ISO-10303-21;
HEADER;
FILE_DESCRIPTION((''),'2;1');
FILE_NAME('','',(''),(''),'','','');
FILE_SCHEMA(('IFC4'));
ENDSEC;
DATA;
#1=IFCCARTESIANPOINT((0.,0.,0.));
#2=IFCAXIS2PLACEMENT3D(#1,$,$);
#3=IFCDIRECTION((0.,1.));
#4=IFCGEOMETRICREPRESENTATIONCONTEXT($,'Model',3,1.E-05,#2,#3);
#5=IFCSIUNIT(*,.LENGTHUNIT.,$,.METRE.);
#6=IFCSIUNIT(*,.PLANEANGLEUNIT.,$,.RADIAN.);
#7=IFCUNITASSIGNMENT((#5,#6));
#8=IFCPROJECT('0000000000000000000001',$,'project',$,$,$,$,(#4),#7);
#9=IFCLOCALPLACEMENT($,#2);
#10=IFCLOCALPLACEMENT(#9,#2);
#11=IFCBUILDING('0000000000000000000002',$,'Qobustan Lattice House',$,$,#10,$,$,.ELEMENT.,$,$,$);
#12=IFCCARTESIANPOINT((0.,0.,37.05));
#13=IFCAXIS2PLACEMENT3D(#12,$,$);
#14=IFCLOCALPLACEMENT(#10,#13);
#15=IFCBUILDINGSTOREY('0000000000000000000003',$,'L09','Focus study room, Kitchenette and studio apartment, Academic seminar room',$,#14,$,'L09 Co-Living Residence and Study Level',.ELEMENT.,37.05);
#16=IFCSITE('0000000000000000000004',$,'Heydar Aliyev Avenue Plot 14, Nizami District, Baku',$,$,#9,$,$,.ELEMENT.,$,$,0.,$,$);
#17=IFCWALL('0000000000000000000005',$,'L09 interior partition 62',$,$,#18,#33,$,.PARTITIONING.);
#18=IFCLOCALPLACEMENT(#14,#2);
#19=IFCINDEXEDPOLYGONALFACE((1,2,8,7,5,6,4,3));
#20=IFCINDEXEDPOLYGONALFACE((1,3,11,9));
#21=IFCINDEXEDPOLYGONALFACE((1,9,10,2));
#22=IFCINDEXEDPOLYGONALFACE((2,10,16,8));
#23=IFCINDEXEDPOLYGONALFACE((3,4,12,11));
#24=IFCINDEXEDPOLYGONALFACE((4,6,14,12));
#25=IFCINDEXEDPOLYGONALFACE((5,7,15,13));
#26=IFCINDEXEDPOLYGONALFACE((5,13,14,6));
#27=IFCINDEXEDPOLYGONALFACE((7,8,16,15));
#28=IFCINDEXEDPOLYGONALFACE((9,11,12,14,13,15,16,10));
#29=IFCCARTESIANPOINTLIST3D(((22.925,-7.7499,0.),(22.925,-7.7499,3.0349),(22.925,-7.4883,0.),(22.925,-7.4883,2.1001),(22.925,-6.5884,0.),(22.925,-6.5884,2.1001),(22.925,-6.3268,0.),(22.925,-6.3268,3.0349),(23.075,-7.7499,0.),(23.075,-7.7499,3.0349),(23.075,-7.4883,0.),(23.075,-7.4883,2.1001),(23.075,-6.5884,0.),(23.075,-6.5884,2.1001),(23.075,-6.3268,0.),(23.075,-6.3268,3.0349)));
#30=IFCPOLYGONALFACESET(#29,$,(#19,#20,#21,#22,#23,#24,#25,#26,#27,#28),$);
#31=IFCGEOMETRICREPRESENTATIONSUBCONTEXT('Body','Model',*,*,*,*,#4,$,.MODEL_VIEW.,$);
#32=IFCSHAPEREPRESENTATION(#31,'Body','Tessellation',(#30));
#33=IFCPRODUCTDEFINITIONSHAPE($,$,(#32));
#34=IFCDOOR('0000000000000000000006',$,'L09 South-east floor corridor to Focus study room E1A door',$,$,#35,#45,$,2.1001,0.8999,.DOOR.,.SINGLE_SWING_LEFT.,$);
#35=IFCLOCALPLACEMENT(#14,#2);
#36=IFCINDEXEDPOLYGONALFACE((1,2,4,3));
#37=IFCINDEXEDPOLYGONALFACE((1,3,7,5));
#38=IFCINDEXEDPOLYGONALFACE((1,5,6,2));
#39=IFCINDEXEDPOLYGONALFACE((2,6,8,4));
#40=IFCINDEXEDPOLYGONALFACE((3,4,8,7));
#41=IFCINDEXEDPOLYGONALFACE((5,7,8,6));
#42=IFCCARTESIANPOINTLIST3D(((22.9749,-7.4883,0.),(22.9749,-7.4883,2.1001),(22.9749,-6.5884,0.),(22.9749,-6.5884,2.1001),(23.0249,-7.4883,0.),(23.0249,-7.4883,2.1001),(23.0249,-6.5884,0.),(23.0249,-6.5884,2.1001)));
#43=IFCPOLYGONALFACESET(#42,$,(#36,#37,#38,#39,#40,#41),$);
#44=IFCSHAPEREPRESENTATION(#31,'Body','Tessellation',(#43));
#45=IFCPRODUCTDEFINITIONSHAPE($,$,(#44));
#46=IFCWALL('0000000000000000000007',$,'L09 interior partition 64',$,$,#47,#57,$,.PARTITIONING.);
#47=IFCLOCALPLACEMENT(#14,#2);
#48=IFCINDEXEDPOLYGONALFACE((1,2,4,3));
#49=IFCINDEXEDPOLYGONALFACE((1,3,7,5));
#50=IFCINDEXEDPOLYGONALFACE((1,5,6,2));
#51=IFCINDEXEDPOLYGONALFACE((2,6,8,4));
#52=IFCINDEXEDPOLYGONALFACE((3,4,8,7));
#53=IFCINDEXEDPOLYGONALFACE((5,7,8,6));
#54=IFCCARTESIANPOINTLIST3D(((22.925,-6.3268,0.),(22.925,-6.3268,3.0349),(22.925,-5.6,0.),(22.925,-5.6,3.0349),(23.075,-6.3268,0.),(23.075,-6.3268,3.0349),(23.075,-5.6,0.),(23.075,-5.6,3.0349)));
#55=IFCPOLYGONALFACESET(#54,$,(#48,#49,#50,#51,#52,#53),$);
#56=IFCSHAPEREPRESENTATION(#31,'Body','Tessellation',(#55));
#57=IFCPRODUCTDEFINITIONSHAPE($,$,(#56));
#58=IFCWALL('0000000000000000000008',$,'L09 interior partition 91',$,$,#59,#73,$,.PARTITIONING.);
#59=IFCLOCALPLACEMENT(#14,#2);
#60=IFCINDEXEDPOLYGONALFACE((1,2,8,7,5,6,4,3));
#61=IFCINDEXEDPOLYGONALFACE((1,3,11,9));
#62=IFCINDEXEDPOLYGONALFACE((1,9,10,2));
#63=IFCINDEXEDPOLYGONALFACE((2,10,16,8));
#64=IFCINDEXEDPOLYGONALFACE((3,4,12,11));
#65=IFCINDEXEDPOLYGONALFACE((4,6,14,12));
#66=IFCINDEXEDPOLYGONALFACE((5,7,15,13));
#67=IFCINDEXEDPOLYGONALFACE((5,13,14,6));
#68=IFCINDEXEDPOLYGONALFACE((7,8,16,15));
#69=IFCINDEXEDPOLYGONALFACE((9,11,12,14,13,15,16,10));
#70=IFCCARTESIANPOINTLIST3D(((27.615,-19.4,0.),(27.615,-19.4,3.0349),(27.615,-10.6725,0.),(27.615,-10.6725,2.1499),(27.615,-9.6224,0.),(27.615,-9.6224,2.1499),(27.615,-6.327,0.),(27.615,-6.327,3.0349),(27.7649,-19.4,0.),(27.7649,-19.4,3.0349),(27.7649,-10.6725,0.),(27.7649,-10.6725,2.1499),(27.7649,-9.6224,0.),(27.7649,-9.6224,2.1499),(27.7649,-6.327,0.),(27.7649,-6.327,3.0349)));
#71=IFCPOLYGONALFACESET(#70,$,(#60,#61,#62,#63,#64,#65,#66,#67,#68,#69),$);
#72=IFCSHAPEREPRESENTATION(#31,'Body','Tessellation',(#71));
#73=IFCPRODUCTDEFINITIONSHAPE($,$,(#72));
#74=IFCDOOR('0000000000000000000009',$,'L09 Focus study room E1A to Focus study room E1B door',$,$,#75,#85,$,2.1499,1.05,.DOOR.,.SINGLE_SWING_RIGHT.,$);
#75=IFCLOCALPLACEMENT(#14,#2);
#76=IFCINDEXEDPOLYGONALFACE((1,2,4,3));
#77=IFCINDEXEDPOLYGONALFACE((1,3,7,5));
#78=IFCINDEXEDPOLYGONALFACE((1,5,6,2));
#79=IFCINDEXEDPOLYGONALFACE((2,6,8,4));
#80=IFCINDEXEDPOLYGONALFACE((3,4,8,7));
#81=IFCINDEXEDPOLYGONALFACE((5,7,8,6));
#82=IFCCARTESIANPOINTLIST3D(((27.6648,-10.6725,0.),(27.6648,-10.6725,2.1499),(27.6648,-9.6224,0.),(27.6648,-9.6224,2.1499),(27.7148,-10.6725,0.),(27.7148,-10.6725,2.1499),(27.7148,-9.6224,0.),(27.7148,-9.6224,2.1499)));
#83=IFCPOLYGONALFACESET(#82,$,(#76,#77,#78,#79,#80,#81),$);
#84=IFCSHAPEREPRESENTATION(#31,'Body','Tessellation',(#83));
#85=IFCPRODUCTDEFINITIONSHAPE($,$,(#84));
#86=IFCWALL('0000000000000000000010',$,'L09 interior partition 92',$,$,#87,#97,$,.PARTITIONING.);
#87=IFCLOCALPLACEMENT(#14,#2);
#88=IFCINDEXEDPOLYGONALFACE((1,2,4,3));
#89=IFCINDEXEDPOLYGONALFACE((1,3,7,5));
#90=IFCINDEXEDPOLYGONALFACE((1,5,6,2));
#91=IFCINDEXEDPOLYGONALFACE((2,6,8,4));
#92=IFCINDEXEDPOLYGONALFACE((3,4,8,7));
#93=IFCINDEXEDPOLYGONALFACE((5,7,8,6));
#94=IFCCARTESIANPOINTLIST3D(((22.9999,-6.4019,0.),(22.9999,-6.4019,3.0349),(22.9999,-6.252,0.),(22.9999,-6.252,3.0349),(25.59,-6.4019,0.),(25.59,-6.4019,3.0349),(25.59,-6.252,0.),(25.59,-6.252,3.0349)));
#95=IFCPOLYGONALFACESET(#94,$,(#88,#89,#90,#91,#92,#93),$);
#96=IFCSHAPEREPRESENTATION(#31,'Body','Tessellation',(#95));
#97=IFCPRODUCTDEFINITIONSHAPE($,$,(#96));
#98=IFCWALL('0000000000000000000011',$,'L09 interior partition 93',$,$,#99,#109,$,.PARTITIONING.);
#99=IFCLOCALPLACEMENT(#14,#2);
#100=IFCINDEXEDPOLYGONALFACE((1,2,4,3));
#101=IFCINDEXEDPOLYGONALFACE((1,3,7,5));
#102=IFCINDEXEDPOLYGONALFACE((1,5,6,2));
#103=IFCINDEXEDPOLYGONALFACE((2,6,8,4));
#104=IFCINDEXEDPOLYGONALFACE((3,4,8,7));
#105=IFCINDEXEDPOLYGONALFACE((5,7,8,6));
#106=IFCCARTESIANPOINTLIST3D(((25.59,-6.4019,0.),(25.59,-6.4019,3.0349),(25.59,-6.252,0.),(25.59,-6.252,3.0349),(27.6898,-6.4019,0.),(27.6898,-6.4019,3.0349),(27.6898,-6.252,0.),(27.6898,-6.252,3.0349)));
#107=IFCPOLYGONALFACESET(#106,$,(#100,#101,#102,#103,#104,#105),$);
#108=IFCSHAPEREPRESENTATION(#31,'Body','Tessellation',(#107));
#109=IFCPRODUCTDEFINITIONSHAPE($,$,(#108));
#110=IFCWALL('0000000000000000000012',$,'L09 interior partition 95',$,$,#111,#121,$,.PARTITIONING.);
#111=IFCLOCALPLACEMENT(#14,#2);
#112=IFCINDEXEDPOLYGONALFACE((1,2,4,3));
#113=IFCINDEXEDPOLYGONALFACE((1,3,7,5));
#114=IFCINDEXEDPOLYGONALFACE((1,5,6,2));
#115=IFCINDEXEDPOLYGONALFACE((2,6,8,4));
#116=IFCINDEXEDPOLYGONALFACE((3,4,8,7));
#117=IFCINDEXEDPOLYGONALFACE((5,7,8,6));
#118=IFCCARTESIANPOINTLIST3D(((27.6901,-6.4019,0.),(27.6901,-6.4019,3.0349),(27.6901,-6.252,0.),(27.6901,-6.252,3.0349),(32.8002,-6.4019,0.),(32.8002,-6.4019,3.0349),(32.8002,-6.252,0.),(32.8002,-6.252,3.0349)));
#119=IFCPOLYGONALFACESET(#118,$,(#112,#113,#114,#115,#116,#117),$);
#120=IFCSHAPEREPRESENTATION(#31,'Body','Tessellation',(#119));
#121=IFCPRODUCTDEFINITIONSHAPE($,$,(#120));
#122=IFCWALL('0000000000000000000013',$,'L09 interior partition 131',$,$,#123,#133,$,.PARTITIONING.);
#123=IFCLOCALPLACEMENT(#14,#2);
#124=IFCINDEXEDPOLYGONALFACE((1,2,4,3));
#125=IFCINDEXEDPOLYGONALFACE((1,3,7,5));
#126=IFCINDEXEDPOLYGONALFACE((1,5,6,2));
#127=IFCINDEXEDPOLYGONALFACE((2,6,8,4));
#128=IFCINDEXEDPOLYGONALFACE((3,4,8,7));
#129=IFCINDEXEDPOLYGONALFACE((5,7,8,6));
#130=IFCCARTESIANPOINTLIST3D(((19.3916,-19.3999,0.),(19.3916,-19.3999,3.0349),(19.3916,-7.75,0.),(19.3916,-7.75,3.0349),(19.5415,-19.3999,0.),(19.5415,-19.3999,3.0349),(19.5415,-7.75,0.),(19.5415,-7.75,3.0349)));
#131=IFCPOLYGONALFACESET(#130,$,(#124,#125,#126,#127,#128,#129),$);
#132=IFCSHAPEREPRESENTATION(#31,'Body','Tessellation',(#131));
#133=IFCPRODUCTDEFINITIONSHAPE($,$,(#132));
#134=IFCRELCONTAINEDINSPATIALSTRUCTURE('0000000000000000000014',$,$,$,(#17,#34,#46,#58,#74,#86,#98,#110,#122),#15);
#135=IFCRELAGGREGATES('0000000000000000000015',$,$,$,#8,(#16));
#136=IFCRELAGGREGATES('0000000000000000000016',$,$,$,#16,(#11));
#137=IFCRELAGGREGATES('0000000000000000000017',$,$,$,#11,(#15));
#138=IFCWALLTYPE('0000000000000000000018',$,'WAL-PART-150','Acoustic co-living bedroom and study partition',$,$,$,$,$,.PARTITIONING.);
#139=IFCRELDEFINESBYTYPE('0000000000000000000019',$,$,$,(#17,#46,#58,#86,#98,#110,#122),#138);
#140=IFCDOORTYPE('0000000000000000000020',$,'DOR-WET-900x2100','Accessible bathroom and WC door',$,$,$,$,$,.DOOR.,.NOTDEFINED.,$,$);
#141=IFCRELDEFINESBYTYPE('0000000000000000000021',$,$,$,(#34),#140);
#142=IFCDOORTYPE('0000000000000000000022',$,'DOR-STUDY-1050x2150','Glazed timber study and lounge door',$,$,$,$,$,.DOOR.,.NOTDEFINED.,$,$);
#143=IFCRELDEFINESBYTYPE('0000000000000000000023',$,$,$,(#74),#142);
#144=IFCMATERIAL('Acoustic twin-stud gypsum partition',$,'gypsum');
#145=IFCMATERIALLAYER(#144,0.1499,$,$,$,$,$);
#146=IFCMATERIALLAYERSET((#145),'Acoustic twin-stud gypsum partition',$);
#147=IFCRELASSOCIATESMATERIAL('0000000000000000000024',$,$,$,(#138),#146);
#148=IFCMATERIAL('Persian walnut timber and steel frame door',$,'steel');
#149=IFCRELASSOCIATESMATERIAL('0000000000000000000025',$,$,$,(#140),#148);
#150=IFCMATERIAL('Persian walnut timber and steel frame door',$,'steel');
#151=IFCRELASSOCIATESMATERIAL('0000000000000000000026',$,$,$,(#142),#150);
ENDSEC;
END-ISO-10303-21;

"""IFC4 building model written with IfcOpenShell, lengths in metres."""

from ifc_helpers import new_model, si_unit, direction, frame, frame_2d, origin, place, context, subcontext, project, spatial, rectangle, extrude, material, layer, layer_set, type_object, element, fill, save


model = new_model("IFC4")

# Units and contexts
model_context = context("Model", 3, precision=1e-05, world=origin(), true_north=direction((0.0, 1.0)))
body_context = subcontext(model_context, "Body", "Model", "MODEL_VIEW")
ifc_project = project(units=[si_unit("LENGTHUNIT", "METRE"), si_unit("PLANEANGLEUNIT", "RADIAN")], contexts=[model_context])

# Site, building, storey
site_placement = place(None, origin())
site = spatial("IfcSite", under=ifc_project, at=site_placement, Name="Heydar Aliyev Avenue Plot 14, Nizami District, Baku", CompositionType="ELEMENT", RefElevation=0.0)
building_placement = place(site_placement, origin())
building = spatial("IfcBuilding", under=site, at=building_placement, Name="Qobustan Lattice House", CompositionType="ELEMENT")
storey_placement = place(building_placement, frame((0.0, 0.0, 37.05)))
storey = spatial("IfcBuildingStorey", under=building, at=storey_placement, Name="L09", Description="Focus study room, Kitchenette and studio apartment, Academic seminar room", LongName="L09 Co-Living Residence and Study Level", CompositionType="ELEMENT", Elevation=37.05)

# Wall, opening, door
ifc_material_1 = material(Name="Acoustic twin-stud gypsum partition", Category="gypsum")
ifc_layer_1 = layer(ifc_material_1, 0.1499)
ifc_layer_set_1 = layer_set([ifc_layer_1], Name="Acoustic twin-stud gypsum partition")
wall_type_1 = type_object("IfcWallType", Name="WAL-PART-150", Description="Acoustic co-living bedroom and study partition", PredefinedType="PARTITIONING", material=ifc_layer_set_1)
wall_1_placement = place(storey_placement, frame((23.0, -6.3269, 0.0), z_axis=(0.0, 0.0, 1.0), x_axis=(0.0, -1.0, 0.0)))
wall_1 = element("IfcWall", 1, at=wall_1_placement, inside=storey, type_object=wall_type_1, Name="L09 interior partition 62", PredefinedType="PARTITIONING", context=body_context, shape_type="SweptSolid", body=[
    extrude(rectangle(XDim=1.4231, YDim=0.1499, at=frame_2d((0.7114, 0.0))), origin(), (0.0, 0.0, 1.0), 3.0349),
])
opening_1_placement = place(wall_1_placement, frame((0.2615, 0.0, 0.0)))
opening_1 = element("IfcOpeningElement", 2, at=opening_1_placement, cuts=wall_1, PredefinedType="OPENING", context=body_context, shape_type="SweptSolid", body=[
    extrude(rectangle(XDim=0.8999, YDim=2.1001, at=frame_2d((0.45, 1.05))), frame((0.0, 0.085, 0.0), z_axis=(0.0, -1.0, 0.0), x_axis=(1.0, 0.0, 0.0)), (0.0, 0.0, 1.0), 0.1699),
])
ifc_material_2 = material(Name="Persian walnut timber and steel frame door", Category="steel")
door_type_1 = type_object("IfcDoorType", Name="DOR-WET-900x2100", Description="Accessible bathroom and WC door", OperationType="NOTDEFINED", PredefinedType="DOOR", material=ifc_material_2)
door_1_placement = place(opening_1_placement, origin())
door_1 = element("IfcDoor", 3, at=door_1_placement, inside=storey, type_object=door_type_1, Name="L09 South-east floor corridor to Focus study room E1A door", OperationType="SINGLE_SWING_LEFT", OverallHeight=2.1001, OverallWidth=0.8999, PredefinedType="DOOR", context=body_context, shape_type="SweptSolid", body=[
    extrude(rectangle(XDim=0.8999, YDim=2.1001, at=frame_2d((0.45, 1.05))), frame((0.0, 0.0249, 0.0), z_axis=(0.0, -1.0, 0.0), x_axis=(1.0, 0.0, 0.0)), (0.0, 0.0, 1.0), 0.05),
])
fill(opening_1, door_1)
ifc_material_3 = material(Name="Persian walnut timber and steel frame door", Category="steel")
door_type_2 = type_object("IfcDoorType", Name="DOR-STUDY-1050x2150", Description="Glazed timber study and lounge door", OperationType="NOTDEFINED", PredefinedType="DOOR", material=ifc_material_3)

# Wall
wall_2_placement = place(storey_placement, frame((23.0, -5.6001, 0.0), z_axis=(0.0, 0.0, 1.0), x_axis=(0.0, -1.0, 0.0)))
element("IfcWall", 4, at=wall_2_placement, inside=storey, type_object=wall_type_1, Name="L09 interior partition 64", PredefinedType="PARTITIONING", context=body_context, shape_type="SweptSolid", body=[
    extrude(rectangle(XDim=0.7268, YDim=0.1499, at=frame_2d((0.3633, 0.0))), origin(), (0.0, 0.0, 1.0), 3.0349),
])

# Wall, opening, door
wall_3_placement = place(storey_placement, frame((27.6899, -6.3269, 0.0), z_axis=(0.0, 0.0, 1.0), x_axis=(0.0, -1.0, 0.0)))
wall_3 = element("IfcWall", 5, at=wall_3_placement, inside=storey, type_object=wall_type_1, Name="L09 interior partition 91", PredefinedType="PARTITIONING", context=body_context, shape_type="SweptSolid", body=[
    extrude(rectangle(XDim=13.073, YDim=0.1499, at=frame_2d((6.5366, 0.0))), origin(), (0.0, 0.0, 1.0), 3.0349),
])
opening_2_placement = place(wall_3_placement, frame((3.2957, 0.0, 0.0)))
opening_2 = element("IfcOpeningElement", 6, at=opening_2_placement, cuts=wall_3, PredefinedType="OPENING", context=body_context, shape_type="SweptSolid", body=[
    extrude(rectangle(XDim=1.05, YDim=2.1499, at=frame_2d((0.5249, 1.075))), frame((0.0, 0.085, 0.0), z_axis=(0.0, -1.0, 0.0), x_axis=(1.0, 0.0, 0.0)), (0.0, 0.0, 1.0), 0.1699),
])
door_2_placement = place(opening_2_placement, origin())
door_2 = element("IfcDoor", 7, at=door_2_placement, inside=storey, type_object=door_type_2, Name="L09 Focus study room E1A to Focus study room E1B door", OperationType="SINGLE_SWING_RIGHT", OverallHeight=2.1499, OverallWidth=1.05, PredefinedType="DOOR", context=body_context, shape_type="SweptSolid", body=[
    extrude(rectangle(XDim=1.05, YDim=2.1499, at=frame_2d((0.5249, 1.075))), frame((0.0, 0.0249, 0.0), z_axis=(0.0, -1.0, 0.0), x_axis=(1.0, 0.0, 0.0)), (0.0, 0.0, 1.0), 0.05),
])
fill(opening_2, door_2)

# Walls
wall_4_placement = place(storey_placement, frame((23.0, -6.3269, 0.0), z_axis=(0.0, 0.0, 1.0), x_axis=(1.0, 0.0, 0.0)))
element("IfcWall", 8, at=wall_4_placement, inside=storey, type_object=wall_type_1, Name="L09 interior partition 92", PredefinedType="PARTITIONING", context=body_context, shape_type="SweptSolid", body=[
    extrude(rectangle(XDim=2.5901, YDim=0.1499, at=frame_2d((1.2949, 0.0))), origin(), (0.0, 0.0, 1.0), 3.0349),
])
wall_5_placement = place(storey_placement, frame((25.5901, -6.3269, 0.0), z_axis=(0.0, 0.0, 1.0), x_axis=(1.0, 0.0, 0.0)))
element("IfcWall", 9, at=wall_5_placement, inside=storey, type_object=wall_type_1, Name="L09 interior partition 93", PredefinedType="PARTITIONING", context=body_context, shape_type="SweptSolid", body=[
    extrude(rectangle(XDim=2.0999, YDim=0.1499, at=frame_2d((1.0498, 0.0))), origin(), (0.0, 0.0, 1.0), 3.0349),
])
wall_6_placement = place(storey_placement, frame((27.6899, -6.3269, 0.0), z_axis=(0.0, 0.0, 1.0), x_axis=(1.0, 0.0, 0.0)))
element("IfcWall", 10, at=wall_6_placement, inside=storey, type_object=wall_type_1, Name="L09 interior partition 95", PredefinedType="PARTITIONING", context=body_context, shape_type="SweptSolid", body=[
    extrude(rectangle(XDim=5.1101, YDim=0.1499, at=frame_2d((2.5552, 0.0))), origin(), (0.0, 0.0, 1.0), 3.0349),
])
wall_7_placement = place(storey_placement, frame((19.4666, -7.75, 0.0), z_axis=(0.0, 0.0, 1.0), x_axis=(0.0, -1.0, 0.0)))
element("IfcWall", 11, at=wall_7_placement, inside=storey, type_object=wall_type_1, Name="L09 interior partition 131", PredefinedType="PARTITIONING", context=body_context, shape_type="SweptSolid", body=[
    extrude(rectangle(XDim=11.6499, YDim=0.1499, at=frame_2d((5.825, 0.0))), origin(), (0.0, 0.0, 1.0), 3.0349),
])

save(model, "model.ifc")
